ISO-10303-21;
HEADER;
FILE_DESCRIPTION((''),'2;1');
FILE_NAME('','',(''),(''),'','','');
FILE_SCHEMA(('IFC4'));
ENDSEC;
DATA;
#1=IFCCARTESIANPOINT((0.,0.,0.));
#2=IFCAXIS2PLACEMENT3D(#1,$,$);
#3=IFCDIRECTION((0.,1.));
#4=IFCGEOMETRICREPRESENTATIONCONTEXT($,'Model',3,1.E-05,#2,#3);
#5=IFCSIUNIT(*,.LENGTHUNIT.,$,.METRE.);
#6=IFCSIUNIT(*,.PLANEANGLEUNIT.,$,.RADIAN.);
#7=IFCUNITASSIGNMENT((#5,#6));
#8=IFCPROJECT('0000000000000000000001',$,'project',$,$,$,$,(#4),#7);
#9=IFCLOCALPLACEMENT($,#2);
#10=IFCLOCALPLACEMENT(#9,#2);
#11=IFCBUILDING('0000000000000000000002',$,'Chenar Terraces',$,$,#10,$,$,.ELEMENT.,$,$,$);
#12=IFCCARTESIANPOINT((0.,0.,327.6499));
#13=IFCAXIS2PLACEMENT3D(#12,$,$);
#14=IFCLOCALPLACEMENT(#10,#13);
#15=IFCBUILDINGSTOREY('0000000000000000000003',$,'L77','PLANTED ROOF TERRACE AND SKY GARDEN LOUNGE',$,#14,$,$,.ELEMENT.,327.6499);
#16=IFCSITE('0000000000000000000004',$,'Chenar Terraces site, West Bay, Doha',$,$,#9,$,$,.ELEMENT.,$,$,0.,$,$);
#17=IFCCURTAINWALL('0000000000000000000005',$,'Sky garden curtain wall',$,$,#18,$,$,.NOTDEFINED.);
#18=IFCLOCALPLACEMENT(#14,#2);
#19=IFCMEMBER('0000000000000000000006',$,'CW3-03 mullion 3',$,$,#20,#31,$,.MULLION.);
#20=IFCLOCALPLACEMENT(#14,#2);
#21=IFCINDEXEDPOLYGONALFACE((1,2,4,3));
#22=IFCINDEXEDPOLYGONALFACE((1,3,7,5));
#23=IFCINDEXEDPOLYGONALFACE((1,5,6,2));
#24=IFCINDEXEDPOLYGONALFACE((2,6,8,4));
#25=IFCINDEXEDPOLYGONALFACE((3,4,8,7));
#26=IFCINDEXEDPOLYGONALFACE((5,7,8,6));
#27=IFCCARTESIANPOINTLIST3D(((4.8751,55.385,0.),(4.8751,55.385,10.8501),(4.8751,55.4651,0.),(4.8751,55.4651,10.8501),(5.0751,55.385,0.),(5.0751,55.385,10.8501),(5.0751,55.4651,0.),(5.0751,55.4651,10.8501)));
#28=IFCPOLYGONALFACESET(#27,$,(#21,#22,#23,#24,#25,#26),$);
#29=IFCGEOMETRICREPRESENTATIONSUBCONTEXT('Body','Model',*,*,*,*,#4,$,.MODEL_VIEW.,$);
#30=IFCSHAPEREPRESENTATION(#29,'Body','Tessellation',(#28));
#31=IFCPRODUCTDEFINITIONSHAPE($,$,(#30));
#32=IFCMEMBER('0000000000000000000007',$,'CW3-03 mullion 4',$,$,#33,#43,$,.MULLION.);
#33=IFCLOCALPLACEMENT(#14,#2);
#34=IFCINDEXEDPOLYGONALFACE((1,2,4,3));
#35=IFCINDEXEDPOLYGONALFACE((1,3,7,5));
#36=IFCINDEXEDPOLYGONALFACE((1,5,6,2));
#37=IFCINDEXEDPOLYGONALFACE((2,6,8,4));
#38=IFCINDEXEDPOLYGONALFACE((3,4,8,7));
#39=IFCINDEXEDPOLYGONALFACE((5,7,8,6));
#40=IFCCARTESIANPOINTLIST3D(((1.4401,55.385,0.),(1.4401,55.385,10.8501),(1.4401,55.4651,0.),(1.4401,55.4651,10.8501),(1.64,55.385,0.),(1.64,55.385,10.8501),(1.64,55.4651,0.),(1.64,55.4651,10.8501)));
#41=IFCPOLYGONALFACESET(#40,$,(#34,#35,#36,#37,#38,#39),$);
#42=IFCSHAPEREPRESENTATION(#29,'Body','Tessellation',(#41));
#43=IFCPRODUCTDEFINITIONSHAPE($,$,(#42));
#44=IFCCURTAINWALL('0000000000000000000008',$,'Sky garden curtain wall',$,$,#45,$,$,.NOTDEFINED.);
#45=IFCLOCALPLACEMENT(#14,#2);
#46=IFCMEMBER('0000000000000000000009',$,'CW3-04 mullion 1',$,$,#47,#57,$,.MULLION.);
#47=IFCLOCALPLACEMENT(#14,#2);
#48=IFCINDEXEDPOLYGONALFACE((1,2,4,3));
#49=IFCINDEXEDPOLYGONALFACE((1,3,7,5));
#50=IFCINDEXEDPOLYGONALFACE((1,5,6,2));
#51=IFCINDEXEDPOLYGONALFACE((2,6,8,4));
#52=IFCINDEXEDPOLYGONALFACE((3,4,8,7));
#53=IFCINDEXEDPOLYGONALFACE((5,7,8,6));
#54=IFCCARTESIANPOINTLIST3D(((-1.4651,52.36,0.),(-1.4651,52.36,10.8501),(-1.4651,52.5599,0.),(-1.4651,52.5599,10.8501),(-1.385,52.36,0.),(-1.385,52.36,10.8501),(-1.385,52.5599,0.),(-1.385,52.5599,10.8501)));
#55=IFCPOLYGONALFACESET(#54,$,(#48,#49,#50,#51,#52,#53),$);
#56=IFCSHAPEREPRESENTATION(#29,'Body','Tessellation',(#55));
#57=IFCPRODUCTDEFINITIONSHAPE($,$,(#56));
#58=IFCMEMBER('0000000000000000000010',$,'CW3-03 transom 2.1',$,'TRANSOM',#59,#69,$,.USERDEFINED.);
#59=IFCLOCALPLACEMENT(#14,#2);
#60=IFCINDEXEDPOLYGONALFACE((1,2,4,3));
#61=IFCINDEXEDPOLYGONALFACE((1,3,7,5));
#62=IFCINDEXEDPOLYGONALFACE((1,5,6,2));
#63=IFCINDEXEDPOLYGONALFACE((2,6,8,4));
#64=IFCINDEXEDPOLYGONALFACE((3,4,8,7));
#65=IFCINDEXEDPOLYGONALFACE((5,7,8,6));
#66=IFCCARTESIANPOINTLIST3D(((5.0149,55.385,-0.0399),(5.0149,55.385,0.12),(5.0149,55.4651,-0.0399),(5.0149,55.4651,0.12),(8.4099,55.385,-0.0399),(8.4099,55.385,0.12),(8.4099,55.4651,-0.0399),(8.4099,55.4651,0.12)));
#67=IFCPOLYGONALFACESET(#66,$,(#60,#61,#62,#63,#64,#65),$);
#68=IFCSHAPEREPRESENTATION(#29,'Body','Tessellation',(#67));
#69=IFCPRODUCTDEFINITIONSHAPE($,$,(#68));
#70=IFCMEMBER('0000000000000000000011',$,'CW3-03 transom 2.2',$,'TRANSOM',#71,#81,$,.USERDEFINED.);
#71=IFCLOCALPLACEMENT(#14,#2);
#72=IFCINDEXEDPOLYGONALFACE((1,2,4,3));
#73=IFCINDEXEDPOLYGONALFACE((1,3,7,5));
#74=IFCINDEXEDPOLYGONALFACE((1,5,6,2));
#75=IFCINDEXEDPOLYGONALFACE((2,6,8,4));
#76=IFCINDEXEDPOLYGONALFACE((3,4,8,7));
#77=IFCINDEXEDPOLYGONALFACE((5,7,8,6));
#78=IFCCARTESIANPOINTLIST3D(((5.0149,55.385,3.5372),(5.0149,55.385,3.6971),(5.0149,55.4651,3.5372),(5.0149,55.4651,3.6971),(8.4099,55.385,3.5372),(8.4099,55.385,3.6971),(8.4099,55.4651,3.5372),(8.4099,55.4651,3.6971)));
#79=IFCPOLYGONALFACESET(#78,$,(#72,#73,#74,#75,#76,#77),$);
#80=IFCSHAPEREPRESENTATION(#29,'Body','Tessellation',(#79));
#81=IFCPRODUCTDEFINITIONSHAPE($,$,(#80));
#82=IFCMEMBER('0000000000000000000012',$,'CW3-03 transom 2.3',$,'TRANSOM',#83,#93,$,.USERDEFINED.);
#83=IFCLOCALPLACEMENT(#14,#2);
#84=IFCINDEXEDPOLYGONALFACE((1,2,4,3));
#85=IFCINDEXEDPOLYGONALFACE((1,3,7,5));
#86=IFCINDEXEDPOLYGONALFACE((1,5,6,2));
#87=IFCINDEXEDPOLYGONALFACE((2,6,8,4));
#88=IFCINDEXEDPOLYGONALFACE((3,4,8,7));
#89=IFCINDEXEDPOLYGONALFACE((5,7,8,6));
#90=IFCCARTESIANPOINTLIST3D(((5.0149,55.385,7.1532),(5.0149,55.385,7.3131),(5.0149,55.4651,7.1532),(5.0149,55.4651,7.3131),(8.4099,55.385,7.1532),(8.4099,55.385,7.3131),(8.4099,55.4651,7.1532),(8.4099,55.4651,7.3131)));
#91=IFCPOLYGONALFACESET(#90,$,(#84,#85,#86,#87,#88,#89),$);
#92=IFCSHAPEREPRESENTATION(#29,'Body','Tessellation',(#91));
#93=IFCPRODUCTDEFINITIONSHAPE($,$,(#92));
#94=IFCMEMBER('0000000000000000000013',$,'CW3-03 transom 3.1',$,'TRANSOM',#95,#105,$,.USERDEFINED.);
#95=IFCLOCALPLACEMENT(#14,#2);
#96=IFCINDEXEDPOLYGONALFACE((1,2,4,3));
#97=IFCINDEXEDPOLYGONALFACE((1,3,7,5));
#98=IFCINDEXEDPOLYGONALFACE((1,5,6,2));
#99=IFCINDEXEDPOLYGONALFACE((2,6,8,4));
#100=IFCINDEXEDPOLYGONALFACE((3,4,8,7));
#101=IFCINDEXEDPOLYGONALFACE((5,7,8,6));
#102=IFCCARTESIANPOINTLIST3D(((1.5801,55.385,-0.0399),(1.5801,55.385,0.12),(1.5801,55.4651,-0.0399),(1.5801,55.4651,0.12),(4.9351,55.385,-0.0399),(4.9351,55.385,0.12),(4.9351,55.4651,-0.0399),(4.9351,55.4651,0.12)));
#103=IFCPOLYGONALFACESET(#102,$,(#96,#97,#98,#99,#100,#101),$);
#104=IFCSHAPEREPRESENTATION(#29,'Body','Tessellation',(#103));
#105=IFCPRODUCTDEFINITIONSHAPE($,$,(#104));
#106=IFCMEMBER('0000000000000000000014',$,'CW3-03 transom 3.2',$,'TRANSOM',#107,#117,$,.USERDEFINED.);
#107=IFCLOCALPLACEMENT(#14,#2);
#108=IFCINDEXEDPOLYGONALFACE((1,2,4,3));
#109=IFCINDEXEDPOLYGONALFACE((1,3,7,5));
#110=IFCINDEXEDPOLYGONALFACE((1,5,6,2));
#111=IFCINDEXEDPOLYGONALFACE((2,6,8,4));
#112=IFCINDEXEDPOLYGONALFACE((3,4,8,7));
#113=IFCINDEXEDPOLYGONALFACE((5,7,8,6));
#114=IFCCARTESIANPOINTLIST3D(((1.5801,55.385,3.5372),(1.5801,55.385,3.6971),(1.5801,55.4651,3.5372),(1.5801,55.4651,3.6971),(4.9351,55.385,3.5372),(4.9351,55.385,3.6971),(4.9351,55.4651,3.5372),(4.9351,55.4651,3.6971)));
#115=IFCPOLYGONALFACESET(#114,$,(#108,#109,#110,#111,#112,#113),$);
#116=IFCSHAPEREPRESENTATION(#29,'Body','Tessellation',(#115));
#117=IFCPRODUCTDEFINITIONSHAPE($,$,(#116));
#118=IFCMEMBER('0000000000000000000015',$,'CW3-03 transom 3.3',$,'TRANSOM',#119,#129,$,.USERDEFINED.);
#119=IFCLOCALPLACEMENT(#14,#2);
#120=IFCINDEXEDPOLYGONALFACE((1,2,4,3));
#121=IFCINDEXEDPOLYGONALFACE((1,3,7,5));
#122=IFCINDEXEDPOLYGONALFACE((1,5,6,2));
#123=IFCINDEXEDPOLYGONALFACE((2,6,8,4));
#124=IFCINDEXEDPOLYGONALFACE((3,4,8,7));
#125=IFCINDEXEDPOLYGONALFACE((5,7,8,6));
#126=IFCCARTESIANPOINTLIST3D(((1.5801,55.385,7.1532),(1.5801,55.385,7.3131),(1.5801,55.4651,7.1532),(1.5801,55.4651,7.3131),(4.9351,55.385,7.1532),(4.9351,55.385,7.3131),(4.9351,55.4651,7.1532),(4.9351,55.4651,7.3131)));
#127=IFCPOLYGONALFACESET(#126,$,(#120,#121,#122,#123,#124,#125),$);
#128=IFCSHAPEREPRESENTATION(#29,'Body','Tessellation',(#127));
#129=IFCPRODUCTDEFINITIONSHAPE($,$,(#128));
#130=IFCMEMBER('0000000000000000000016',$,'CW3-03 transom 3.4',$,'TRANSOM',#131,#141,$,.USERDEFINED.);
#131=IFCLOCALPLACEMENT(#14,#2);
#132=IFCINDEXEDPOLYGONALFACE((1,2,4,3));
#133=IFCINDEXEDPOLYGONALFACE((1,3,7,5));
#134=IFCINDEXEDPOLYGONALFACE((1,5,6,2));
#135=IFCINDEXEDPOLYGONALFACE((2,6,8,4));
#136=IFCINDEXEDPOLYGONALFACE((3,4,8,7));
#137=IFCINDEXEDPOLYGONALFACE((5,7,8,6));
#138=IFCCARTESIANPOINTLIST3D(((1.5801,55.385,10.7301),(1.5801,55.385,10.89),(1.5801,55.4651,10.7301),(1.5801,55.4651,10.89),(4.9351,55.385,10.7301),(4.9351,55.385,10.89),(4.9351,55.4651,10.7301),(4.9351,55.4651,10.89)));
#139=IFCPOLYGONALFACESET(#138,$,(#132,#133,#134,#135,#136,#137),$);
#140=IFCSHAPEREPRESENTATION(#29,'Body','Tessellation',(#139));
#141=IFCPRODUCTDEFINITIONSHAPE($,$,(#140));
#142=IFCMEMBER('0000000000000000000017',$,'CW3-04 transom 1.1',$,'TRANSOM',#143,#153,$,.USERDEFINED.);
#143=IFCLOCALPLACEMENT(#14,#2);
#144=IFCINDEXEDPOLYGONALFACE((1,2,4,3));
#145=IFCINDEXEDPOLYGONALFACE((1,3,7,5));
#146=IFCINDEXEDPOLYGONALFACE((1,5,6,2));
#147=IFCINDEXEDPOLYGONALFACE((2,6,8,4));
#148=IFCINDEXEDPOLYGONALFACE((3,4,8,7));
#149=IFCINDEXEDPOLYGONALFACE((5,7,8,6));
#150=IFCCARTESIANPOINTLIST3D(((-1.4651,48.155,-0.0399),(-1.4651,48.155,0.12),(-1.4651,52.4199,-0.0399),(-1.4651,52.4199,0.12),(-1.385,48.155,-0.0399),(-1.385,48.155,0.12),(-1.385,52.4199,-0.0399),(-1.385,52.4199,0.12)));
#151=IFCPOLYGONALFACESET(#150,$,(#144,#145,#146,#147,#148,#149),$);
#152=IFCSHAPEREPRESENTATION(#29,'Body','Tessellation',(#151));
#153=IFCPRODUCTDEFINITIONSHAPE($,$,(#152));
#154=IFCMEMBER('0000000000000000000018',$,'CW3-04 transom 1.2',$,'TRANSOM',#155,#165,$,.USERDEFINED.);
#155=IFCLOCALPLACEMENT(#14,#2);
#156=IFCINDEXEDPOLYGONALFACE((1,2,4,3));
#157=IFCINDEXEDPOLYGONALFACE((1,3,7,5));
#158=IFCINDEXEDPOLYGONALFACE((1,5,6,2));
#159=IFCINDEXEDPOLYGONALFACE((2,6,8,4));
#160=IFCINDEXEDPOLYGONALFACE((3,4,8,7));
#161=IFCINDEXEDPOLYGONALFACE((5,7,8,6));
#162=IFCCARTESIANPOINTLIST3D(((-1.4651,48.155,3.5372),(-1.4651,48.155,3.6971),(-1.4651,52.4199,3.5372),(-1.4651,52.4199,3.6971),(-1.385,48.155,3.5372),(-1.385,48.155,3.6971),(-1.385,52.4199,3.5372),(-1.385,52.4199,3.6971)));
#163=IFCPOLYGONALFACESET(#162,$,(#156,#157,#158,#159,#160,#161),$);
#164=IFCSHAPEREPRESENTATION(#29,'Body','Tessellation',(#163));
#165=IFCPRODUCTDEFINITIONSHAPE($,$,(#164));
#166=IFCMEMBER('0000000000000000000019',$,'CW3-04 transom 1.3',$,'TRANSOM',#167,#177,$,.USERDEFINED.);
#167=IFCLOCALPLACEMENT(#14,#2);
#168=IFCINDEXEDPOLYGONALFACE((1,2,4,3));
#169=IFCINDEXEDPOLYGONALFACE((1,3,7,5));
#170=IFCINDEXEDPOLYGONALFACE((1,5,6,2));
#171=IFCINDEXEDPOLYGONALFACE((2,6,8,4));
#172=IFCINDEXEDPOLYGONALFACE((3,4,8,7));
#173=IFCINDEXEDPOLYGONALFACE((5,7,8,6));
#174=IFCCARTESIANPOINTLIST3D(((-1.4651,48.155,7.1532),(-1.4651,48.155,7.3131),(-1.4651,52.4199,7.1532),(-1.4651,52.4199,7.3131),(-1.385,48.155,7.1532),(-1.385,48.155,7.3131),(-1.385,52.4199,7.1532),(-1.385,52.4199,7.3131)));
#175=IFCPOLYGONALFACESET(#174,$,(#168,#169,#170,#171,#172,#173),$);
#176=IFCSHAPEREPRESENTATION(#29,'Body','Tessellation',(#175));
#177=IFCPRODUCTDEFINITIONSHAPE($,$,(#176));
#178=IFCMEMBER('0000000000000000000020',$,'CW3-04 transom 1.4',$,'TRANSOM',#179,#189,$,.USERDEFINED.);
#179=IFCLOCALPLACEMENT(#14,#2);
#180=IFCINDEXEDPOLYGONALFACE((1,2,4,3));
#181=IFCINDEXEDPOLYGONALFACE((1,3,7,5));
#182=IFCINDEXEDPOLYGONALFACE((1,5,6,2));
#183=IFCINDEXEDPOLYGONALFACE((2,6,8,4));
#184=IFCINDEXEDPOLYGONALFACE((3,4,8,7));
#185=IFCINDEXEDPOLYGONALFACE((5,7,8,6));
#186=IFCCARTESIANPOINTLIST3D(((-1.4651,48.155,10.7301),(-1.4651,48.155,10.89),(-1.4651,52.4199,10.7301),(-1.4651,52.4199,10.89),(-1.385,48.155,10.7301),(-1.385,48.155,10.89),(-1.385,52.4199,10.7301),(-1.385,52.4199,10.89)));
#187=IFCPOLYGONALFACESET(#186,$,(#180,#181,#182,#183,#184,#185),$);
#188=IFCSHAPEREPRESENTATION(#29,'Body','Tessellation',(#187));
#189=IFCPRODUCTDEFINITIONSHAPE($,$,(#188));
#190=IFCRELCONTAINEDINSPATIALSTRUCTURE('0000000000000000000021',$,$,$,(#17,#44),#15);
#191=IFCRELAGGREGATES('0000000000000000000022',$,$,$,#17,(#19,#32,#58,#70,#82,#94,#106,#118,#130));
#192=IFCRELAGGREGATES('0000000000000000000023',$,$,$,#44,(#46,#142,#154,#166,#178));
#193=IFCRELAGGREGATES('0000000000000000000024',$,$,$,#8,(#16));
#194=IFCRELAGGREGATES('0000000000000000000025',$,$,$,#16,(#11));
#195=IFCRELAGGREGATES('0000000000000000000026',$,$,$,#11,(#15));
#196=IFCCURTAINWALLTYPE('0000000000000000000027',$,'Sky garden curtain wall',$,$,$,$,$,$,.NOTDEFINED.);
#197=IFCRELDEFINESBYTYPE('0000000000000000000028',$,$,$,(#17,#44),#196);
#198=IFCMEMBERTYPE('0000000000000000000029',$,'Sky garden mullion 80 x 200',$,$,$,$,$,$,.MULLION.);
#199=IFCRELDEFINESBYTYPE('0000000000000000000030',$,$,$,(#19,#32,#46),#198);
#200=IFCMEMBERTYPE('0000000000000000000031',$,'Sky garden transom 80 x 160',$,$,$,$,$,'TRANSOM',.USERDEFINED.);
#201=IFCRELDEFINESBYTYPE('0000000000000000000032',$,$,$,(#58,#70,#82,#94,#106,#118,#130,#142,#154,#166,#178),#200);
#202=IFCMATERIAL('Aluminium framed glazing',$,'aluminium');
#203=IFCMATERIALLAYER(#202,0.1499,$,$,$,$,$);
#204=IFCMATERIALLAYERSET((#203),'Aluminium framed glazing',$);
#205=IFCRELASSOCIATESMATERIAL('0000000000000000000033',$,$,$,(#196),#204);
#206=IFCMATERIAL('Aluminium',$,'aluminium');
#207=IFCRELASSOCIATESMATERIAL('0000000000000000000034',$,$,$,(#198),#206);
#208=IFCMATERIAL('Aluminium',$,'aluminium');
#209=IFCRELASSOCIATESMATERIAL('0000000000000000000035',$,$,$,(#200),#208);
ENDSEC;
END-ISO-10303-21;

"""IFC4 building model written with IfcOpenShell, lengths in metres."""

from ifc_helpers import new_model, si_unit, direction, frame, origin, origin_2d, place, context, subcontext, project, spatial, rectangle, extrude, material, layer, layer_set, material_profile, profile_set, type_object, element, aggregate, save


model = new_model("IFC4")

# Units and contexts
model_context = context("Model", 3, precision=1e-05, world=origin(), true_north=direction((0.0, 1.0)))
body_context = subcontext(model_context, "Body", "Model", "MODEL_VIEW")
ifc_project = project(units=[si_unit("LENGTHUNIT", "METRE"), si_unit("PLANEANGLEUNIT", "RADIAN")], contexts=[model_context])

# Site, building, storey
site_placement = place(None, origin())
site = spatial("IfcSite", under=ifc_project, at=site_placement, Name="Chenar Terraces site, West Bay, Doha", CompositionType="ELEMENT", RefElevation=0.0)
building_placement = place(site_placement, origin())
building = spatial("IfcBuilding", under=site, at=building_placement, Name="Chenar Terraces", CompositionType="ELEMENT")
storey_placement = place(building_placement, frame((0.0, 0.0, 327.6499)))
storey = spatial("IfcBuildingStorey", under=building, at=storey_placement, Name="L77", Description="PLANTED ROOF TERRACE AND SKY GARDEN LOUNGE", CompositionType="ELEMENT", Elevation=327.6499)

# Curtain wall, members
ifc_material_1 = material(Name="Aluminium framed glazing", Category="aluminium")
ifc_layer_1 = layer(ifc_material_1, 0.1499)
ifc_layer_set_1 = layer_set([ifc_layer_1], Name="Aluminium framed glazing")
curtain_wall_type = type_object("IfcCurtainWallType", Name="Sky garden curtain wall", PredefinedType="NOTDEFINED", material=ifc_layer_set_1)
placement = place(storey_placement, origin())
curtain_wall_1 = element("IfcCurtainWall", 1, at=placement, inside=storey, type_object=curtain_wall_type, Name="Sky garden curtain wall", PredefinedType="NOTDEFINED")
ifc_material_2 = material(Name="Aluminium", Category="aluminium")
ifc_material_profile_1 = material_profile(ifc_material_2, rectangle(XDim=0.0801, YDim=0.2, at=origin_2d()), Name="Sky garden mullion 80 x 200")
ifc_profile_set_1 = profile_set([ifc_material_profile_1], Name="Aluminium")
member_type_1 = type_object("IfcMemberType", Name="Sky garden mullion 80 x 200", PredefinedType="MULLION", material=ifc_profile_set_1)
member_1_placement = place(storey_placement, frame((4.9751, 55.425, 0.0), z_axis=(0.0, 0.0, 1.0), x_axis=(0.0, -1.0, 0.0)))
member_1 = element("IfcMember", 2, at=member_1_placement, type_object=member_type_1, Name="CW3-03 mullion 3", PredefinedType="MULLION", context=body_context, shape_type="SweptSolid", body=[
    extrude(rectangle(XDim=0.0801, YDim=0.2, at=origin_2d()), origin(), (0.0, 0.0, 1.0), 10.8501),
])
member_2_placement = place(storey_placement, frame((1.54, 55.425, 0.0), z_axis=(0.0, 0.0, 1.0), x_axis=(0.0, -1.0, 0.0)))
member_2 = element("IfcMember", 3, at=member_2_placement, type_object=member_type_1, Name="CW3-03 mullion 4", PredefinedType="MULLION", context=body_context, shape_type="SweptSolid", body=[
    extrude(rectangle(XDim=0.0801, YDim=0.2, at=origin_2d()), origin(), (0.0, 0.0, 1.0), 10.8501),
])

# Curtain wall, member
curtain_wall_2 = element("IfcCurtainWall", 4, at=placement, inside=storey, type_object=curtain_wall_type, Name="Sky garden curtain wall", PredefinedType="NOTDEFINED")
member_3_placement = place(storey_placement, frame((-1.425, 52.46, 0.0), z_axis=(0.0, 0.0, 1.0), x_axis=(1.0, 0.0, 0.0)))
member_3 = element("IfcMember", 5, at=member_3_placement, type_object=member_type_1, Name="CW3-04 mullion 1", PredefinedType="MULLION", context=body_context, shape_type="SweptSolid", body=[
    extrude(rectangle(XDim=0.0801, YDim=0.2, at=origin_2d()), origin(), (0.0, 0.0, 1.0), 10.8501),
])

# Members
ifc_material_3 = material(Name="Aluminium", Category="aluminium")
ifc_material_profile_2 = material_profile(ifc_material_3, rectangle(XDim=0.0801, YDim=0.1599, at=origin_2d()), Name="Sky garden transom 80 x 160")
ifc_profile_set_2 = profile_set([ifc_material_profile_2], Name="Aluminium")
member_type_2 = type_object("IfcMemberType", Name="Sky garden transom 80 x 160", ElementType="TRANSOM", PredefinedType="USERDEFINED", material=ifc_profile_set_2)
member_4_placement = place(storey_placement, frame((8.4099, 55.425, 0.04), z_axis=(-1.0, 0.0, 0.0), x_axis=(0.0, -1.0, 0.0)))
member_4 = element("IfcMember", 6, at=member_4_placement, type_object=member_type_2, Name="CW3-03 transom 2.1", ObjectType="TRANSOM", PredefinedType="USERDEFINED", context=body_context, shape_type="SweptSolid", body=[
    extrude(rectangle(XDim=0.0801, YDim=0.1599, at=origin_2d()), origin(), (0.0, 0.0, 1.0), 3.395),
])
member_5_placement = place(storey_placement, frame((8.4099, 55.425, 3.6172), z_axis=(-1.0, 0.0, 0.0), x_axis=(0.0, -1.0, 0.0)))
member_5 = element("IfcMember", 7, at=member_5_placement, type_object=member_type_2, Name="CW3-03 transom 2.2", ObjectType="TRANSOM", PredefinedType="USERDEFINED", context=body_context, shape_type="SweptSolid", body=[
    extrude(rectangle(XDim=0.0801, YDim=0.1599, at=origin_2d()), origin(), (0.0, 0.0, 1.0), 3.395),
])
member_6_placement = place(storey_placement, frame((8.4099, 55.425, 7.2332), z_axis=(-1.0, 0.0, 0.0), x_axis=(0.0, -1.0, 0.0)))
member_6 = element("IfcMember", 8, at=member_6_placement, type_object=member_type_2, Name="CW3-03 transom 2.3", ObjectType="TRANSOM", PredefinedType="USERDEFINED", context=body_context, shape_type="SweptSolid", body=[
    extrude(rectangle(XDim=0.0801, YDim=0.1599, at=origin_2d()), origin(), (0.0, 0.0, 1.0), 3.395),
])
member_7_placement = place(storey_placement, frame((4.9351, 55.425, 0.04), z_axis=(-1.0, 0.0, 0.0), x_axis=(0.0, -1.0, 0.0)))
member_7 = element("IfcMember", 9, at=member_7_placement, type_object=member_type_2, Name="CW3-03 transom 3.1", ObjectType="TRANSOM", PredefinedType="USERDEFINED", context=body_context, shape_type="SweptSolid", body=[
    extrude(rectangle(XDim=0.0801, YDim=0.1599, at=origin_2d()), origin(), (0.0, 0.0, 1.0), 3.355),
])
member_8_placement = place(storey_placement, frame((4.9351, 55.425, 3.6172), z_axis=(-1.0, 0.0, 0.0), x_axis=(0.0, -1.0, 0.0)))
member_8 = element("IfcMember", 10, at=member_8_placement, type_object=member_type_2, Name="CW3-03 transom 3.2", ObjectType="TRANSOM", PredefinedType="USERDEFINED", context=body_context, shape_type="SweptSolid", body=[
    extrude(rectangle(XDim=0.0801, YDim=0.1599, at=origin_2d()), origin(), (0.0, 0.0, 1.0), 3.355),
])
member_9_placement = place(storey_placement, frame((4.9351, 55.425, 7.2332), z_axis=(-1.0, 0.0, 0.0), x_axis=(0.0, -1.0, 0.0)))
member_9 = element("IfcMember", 11, at=member_9_placement, type_object=member_type_2, Name="CW3-03 transom 3.3", ObjectType="TRANSOM", PredefinedType="USERDEFINED", context=body_context, shape_type="SweptSolid", body=[
    extrude(rectangle(XDim=0.0801, YDim=0.1599, at=origin_2d()), origin(), (0.0, 0.0, 1.0), 3.355),
])
member_10_placement = place(storey_placement, frame((4.9351, 55.425, 10.8101), z_axis=(-1.0, 0.0, 0.0), x_axis=(0.0, -1.0, 0.0)))
member_10 = element("IfcMember", 12, at=member_10_placement, type_object=member_type_2, Name="CW3-03 transom 3.4", ObjectType="TRANSOM", PredefinedType="USERDEFINED", context=body_context, shape_type="SweptSolid", body=[
    extrude(rectangle(XDim=0.0801, YDim=0.1599, at=origin_2d()), origin(), (0.0, 0.0, 1.0), 3.355),
])
member_11_placement = place(storey_placement, frame((-1.425, 52.4199, 0.04), z_axis=(0.0, -1.0, 0.0), x_axis=(1.0, 0.0, 0.0)))
member_11 = element("IfcMember", 13, at=member_11_placement, type_object=member_type_2, Name="CW3-04 transom 1.1", ObjectType="TRANSOM", PredefinedType="USERDEFINED", context=body_context, shape_type="SweptSolid", body=[
    extrude(rectangle(XDim=0.0801, YDim=0.1599, at=origin_2d()), origin(), (0.0, 0.0, 1.0), 4.2649),
])
member_12_placement = place(storey_placement, frame((-1.425, 52.4199, 3.6172), z_axis=(0.0, -1.0, 0.0), x_axis=(1.0, 0.0, 0.0)))
member_12 = element("IfcMember", 14, at=member_12_placement, type_object=member_type_2, Name="CW3-04 transom 1.2", ObjectType="TRANSOM", PredefinedType="USERDEFINED", context=body_context, shape_type="SweptSolid", body=[
    extrude(rectangle(XDim=0.0801, YDim=0.1599, at=origin_2d()), origin(), (0.0, 0.0, 1.0), 4.2649),
])
member_13_placement = place(storey_placement, frame((-1.425, 52.4199, 7.2332), z_axis=(0.0, -1.0, 0.0), x_axis=(1.0, 0.0, 0.0)))
member_13 = element("IfcMember", 15, at=member_13_placement, type_object=member_type_2, Name="CW3-04 transom 1.3", ObjectType="TRANSOM", PredefinedType="USERDEFINED", context=body_context, shape_type="SweptSolid", body=[
    extrude(rectangle(XDim=0.0801, YDim=0.1599, at=origin_2d()), origin(), (0.0, 0.0, 1.0), 4.2649),
])
member_14_placement = place(storey_placement, frame((-1.425, 52.4199, 10.8101), z_axis=(0.0, -1.0, 0.0), x_axis=(1.0, 0.0, 0.0)))
member_14 = element("IfcMember", 16, at=member_14_placement, type_object=member_type_2, Name="CW3-04 transom 1.4", ObjectType="TRANSOM", PredefinedType="USERDEFINED", context=body_context, shape_type="SweptSolid", body=[
    extrude(rectangle(XDim=0.0801, YDim=0.1599, at=origin_2d()), origin(), (0.0, 0.0, 1.0), 4.2649),
])

aggregate(curtain_wall_1, [member_1, member_2, member_4, member_5, member_6, member_7, member_8, member_9, member_10])
aggregate(curtain_wall_2, [member_3, member_11, member_12, member_13, member_14])

save(model, "model.ifc")
